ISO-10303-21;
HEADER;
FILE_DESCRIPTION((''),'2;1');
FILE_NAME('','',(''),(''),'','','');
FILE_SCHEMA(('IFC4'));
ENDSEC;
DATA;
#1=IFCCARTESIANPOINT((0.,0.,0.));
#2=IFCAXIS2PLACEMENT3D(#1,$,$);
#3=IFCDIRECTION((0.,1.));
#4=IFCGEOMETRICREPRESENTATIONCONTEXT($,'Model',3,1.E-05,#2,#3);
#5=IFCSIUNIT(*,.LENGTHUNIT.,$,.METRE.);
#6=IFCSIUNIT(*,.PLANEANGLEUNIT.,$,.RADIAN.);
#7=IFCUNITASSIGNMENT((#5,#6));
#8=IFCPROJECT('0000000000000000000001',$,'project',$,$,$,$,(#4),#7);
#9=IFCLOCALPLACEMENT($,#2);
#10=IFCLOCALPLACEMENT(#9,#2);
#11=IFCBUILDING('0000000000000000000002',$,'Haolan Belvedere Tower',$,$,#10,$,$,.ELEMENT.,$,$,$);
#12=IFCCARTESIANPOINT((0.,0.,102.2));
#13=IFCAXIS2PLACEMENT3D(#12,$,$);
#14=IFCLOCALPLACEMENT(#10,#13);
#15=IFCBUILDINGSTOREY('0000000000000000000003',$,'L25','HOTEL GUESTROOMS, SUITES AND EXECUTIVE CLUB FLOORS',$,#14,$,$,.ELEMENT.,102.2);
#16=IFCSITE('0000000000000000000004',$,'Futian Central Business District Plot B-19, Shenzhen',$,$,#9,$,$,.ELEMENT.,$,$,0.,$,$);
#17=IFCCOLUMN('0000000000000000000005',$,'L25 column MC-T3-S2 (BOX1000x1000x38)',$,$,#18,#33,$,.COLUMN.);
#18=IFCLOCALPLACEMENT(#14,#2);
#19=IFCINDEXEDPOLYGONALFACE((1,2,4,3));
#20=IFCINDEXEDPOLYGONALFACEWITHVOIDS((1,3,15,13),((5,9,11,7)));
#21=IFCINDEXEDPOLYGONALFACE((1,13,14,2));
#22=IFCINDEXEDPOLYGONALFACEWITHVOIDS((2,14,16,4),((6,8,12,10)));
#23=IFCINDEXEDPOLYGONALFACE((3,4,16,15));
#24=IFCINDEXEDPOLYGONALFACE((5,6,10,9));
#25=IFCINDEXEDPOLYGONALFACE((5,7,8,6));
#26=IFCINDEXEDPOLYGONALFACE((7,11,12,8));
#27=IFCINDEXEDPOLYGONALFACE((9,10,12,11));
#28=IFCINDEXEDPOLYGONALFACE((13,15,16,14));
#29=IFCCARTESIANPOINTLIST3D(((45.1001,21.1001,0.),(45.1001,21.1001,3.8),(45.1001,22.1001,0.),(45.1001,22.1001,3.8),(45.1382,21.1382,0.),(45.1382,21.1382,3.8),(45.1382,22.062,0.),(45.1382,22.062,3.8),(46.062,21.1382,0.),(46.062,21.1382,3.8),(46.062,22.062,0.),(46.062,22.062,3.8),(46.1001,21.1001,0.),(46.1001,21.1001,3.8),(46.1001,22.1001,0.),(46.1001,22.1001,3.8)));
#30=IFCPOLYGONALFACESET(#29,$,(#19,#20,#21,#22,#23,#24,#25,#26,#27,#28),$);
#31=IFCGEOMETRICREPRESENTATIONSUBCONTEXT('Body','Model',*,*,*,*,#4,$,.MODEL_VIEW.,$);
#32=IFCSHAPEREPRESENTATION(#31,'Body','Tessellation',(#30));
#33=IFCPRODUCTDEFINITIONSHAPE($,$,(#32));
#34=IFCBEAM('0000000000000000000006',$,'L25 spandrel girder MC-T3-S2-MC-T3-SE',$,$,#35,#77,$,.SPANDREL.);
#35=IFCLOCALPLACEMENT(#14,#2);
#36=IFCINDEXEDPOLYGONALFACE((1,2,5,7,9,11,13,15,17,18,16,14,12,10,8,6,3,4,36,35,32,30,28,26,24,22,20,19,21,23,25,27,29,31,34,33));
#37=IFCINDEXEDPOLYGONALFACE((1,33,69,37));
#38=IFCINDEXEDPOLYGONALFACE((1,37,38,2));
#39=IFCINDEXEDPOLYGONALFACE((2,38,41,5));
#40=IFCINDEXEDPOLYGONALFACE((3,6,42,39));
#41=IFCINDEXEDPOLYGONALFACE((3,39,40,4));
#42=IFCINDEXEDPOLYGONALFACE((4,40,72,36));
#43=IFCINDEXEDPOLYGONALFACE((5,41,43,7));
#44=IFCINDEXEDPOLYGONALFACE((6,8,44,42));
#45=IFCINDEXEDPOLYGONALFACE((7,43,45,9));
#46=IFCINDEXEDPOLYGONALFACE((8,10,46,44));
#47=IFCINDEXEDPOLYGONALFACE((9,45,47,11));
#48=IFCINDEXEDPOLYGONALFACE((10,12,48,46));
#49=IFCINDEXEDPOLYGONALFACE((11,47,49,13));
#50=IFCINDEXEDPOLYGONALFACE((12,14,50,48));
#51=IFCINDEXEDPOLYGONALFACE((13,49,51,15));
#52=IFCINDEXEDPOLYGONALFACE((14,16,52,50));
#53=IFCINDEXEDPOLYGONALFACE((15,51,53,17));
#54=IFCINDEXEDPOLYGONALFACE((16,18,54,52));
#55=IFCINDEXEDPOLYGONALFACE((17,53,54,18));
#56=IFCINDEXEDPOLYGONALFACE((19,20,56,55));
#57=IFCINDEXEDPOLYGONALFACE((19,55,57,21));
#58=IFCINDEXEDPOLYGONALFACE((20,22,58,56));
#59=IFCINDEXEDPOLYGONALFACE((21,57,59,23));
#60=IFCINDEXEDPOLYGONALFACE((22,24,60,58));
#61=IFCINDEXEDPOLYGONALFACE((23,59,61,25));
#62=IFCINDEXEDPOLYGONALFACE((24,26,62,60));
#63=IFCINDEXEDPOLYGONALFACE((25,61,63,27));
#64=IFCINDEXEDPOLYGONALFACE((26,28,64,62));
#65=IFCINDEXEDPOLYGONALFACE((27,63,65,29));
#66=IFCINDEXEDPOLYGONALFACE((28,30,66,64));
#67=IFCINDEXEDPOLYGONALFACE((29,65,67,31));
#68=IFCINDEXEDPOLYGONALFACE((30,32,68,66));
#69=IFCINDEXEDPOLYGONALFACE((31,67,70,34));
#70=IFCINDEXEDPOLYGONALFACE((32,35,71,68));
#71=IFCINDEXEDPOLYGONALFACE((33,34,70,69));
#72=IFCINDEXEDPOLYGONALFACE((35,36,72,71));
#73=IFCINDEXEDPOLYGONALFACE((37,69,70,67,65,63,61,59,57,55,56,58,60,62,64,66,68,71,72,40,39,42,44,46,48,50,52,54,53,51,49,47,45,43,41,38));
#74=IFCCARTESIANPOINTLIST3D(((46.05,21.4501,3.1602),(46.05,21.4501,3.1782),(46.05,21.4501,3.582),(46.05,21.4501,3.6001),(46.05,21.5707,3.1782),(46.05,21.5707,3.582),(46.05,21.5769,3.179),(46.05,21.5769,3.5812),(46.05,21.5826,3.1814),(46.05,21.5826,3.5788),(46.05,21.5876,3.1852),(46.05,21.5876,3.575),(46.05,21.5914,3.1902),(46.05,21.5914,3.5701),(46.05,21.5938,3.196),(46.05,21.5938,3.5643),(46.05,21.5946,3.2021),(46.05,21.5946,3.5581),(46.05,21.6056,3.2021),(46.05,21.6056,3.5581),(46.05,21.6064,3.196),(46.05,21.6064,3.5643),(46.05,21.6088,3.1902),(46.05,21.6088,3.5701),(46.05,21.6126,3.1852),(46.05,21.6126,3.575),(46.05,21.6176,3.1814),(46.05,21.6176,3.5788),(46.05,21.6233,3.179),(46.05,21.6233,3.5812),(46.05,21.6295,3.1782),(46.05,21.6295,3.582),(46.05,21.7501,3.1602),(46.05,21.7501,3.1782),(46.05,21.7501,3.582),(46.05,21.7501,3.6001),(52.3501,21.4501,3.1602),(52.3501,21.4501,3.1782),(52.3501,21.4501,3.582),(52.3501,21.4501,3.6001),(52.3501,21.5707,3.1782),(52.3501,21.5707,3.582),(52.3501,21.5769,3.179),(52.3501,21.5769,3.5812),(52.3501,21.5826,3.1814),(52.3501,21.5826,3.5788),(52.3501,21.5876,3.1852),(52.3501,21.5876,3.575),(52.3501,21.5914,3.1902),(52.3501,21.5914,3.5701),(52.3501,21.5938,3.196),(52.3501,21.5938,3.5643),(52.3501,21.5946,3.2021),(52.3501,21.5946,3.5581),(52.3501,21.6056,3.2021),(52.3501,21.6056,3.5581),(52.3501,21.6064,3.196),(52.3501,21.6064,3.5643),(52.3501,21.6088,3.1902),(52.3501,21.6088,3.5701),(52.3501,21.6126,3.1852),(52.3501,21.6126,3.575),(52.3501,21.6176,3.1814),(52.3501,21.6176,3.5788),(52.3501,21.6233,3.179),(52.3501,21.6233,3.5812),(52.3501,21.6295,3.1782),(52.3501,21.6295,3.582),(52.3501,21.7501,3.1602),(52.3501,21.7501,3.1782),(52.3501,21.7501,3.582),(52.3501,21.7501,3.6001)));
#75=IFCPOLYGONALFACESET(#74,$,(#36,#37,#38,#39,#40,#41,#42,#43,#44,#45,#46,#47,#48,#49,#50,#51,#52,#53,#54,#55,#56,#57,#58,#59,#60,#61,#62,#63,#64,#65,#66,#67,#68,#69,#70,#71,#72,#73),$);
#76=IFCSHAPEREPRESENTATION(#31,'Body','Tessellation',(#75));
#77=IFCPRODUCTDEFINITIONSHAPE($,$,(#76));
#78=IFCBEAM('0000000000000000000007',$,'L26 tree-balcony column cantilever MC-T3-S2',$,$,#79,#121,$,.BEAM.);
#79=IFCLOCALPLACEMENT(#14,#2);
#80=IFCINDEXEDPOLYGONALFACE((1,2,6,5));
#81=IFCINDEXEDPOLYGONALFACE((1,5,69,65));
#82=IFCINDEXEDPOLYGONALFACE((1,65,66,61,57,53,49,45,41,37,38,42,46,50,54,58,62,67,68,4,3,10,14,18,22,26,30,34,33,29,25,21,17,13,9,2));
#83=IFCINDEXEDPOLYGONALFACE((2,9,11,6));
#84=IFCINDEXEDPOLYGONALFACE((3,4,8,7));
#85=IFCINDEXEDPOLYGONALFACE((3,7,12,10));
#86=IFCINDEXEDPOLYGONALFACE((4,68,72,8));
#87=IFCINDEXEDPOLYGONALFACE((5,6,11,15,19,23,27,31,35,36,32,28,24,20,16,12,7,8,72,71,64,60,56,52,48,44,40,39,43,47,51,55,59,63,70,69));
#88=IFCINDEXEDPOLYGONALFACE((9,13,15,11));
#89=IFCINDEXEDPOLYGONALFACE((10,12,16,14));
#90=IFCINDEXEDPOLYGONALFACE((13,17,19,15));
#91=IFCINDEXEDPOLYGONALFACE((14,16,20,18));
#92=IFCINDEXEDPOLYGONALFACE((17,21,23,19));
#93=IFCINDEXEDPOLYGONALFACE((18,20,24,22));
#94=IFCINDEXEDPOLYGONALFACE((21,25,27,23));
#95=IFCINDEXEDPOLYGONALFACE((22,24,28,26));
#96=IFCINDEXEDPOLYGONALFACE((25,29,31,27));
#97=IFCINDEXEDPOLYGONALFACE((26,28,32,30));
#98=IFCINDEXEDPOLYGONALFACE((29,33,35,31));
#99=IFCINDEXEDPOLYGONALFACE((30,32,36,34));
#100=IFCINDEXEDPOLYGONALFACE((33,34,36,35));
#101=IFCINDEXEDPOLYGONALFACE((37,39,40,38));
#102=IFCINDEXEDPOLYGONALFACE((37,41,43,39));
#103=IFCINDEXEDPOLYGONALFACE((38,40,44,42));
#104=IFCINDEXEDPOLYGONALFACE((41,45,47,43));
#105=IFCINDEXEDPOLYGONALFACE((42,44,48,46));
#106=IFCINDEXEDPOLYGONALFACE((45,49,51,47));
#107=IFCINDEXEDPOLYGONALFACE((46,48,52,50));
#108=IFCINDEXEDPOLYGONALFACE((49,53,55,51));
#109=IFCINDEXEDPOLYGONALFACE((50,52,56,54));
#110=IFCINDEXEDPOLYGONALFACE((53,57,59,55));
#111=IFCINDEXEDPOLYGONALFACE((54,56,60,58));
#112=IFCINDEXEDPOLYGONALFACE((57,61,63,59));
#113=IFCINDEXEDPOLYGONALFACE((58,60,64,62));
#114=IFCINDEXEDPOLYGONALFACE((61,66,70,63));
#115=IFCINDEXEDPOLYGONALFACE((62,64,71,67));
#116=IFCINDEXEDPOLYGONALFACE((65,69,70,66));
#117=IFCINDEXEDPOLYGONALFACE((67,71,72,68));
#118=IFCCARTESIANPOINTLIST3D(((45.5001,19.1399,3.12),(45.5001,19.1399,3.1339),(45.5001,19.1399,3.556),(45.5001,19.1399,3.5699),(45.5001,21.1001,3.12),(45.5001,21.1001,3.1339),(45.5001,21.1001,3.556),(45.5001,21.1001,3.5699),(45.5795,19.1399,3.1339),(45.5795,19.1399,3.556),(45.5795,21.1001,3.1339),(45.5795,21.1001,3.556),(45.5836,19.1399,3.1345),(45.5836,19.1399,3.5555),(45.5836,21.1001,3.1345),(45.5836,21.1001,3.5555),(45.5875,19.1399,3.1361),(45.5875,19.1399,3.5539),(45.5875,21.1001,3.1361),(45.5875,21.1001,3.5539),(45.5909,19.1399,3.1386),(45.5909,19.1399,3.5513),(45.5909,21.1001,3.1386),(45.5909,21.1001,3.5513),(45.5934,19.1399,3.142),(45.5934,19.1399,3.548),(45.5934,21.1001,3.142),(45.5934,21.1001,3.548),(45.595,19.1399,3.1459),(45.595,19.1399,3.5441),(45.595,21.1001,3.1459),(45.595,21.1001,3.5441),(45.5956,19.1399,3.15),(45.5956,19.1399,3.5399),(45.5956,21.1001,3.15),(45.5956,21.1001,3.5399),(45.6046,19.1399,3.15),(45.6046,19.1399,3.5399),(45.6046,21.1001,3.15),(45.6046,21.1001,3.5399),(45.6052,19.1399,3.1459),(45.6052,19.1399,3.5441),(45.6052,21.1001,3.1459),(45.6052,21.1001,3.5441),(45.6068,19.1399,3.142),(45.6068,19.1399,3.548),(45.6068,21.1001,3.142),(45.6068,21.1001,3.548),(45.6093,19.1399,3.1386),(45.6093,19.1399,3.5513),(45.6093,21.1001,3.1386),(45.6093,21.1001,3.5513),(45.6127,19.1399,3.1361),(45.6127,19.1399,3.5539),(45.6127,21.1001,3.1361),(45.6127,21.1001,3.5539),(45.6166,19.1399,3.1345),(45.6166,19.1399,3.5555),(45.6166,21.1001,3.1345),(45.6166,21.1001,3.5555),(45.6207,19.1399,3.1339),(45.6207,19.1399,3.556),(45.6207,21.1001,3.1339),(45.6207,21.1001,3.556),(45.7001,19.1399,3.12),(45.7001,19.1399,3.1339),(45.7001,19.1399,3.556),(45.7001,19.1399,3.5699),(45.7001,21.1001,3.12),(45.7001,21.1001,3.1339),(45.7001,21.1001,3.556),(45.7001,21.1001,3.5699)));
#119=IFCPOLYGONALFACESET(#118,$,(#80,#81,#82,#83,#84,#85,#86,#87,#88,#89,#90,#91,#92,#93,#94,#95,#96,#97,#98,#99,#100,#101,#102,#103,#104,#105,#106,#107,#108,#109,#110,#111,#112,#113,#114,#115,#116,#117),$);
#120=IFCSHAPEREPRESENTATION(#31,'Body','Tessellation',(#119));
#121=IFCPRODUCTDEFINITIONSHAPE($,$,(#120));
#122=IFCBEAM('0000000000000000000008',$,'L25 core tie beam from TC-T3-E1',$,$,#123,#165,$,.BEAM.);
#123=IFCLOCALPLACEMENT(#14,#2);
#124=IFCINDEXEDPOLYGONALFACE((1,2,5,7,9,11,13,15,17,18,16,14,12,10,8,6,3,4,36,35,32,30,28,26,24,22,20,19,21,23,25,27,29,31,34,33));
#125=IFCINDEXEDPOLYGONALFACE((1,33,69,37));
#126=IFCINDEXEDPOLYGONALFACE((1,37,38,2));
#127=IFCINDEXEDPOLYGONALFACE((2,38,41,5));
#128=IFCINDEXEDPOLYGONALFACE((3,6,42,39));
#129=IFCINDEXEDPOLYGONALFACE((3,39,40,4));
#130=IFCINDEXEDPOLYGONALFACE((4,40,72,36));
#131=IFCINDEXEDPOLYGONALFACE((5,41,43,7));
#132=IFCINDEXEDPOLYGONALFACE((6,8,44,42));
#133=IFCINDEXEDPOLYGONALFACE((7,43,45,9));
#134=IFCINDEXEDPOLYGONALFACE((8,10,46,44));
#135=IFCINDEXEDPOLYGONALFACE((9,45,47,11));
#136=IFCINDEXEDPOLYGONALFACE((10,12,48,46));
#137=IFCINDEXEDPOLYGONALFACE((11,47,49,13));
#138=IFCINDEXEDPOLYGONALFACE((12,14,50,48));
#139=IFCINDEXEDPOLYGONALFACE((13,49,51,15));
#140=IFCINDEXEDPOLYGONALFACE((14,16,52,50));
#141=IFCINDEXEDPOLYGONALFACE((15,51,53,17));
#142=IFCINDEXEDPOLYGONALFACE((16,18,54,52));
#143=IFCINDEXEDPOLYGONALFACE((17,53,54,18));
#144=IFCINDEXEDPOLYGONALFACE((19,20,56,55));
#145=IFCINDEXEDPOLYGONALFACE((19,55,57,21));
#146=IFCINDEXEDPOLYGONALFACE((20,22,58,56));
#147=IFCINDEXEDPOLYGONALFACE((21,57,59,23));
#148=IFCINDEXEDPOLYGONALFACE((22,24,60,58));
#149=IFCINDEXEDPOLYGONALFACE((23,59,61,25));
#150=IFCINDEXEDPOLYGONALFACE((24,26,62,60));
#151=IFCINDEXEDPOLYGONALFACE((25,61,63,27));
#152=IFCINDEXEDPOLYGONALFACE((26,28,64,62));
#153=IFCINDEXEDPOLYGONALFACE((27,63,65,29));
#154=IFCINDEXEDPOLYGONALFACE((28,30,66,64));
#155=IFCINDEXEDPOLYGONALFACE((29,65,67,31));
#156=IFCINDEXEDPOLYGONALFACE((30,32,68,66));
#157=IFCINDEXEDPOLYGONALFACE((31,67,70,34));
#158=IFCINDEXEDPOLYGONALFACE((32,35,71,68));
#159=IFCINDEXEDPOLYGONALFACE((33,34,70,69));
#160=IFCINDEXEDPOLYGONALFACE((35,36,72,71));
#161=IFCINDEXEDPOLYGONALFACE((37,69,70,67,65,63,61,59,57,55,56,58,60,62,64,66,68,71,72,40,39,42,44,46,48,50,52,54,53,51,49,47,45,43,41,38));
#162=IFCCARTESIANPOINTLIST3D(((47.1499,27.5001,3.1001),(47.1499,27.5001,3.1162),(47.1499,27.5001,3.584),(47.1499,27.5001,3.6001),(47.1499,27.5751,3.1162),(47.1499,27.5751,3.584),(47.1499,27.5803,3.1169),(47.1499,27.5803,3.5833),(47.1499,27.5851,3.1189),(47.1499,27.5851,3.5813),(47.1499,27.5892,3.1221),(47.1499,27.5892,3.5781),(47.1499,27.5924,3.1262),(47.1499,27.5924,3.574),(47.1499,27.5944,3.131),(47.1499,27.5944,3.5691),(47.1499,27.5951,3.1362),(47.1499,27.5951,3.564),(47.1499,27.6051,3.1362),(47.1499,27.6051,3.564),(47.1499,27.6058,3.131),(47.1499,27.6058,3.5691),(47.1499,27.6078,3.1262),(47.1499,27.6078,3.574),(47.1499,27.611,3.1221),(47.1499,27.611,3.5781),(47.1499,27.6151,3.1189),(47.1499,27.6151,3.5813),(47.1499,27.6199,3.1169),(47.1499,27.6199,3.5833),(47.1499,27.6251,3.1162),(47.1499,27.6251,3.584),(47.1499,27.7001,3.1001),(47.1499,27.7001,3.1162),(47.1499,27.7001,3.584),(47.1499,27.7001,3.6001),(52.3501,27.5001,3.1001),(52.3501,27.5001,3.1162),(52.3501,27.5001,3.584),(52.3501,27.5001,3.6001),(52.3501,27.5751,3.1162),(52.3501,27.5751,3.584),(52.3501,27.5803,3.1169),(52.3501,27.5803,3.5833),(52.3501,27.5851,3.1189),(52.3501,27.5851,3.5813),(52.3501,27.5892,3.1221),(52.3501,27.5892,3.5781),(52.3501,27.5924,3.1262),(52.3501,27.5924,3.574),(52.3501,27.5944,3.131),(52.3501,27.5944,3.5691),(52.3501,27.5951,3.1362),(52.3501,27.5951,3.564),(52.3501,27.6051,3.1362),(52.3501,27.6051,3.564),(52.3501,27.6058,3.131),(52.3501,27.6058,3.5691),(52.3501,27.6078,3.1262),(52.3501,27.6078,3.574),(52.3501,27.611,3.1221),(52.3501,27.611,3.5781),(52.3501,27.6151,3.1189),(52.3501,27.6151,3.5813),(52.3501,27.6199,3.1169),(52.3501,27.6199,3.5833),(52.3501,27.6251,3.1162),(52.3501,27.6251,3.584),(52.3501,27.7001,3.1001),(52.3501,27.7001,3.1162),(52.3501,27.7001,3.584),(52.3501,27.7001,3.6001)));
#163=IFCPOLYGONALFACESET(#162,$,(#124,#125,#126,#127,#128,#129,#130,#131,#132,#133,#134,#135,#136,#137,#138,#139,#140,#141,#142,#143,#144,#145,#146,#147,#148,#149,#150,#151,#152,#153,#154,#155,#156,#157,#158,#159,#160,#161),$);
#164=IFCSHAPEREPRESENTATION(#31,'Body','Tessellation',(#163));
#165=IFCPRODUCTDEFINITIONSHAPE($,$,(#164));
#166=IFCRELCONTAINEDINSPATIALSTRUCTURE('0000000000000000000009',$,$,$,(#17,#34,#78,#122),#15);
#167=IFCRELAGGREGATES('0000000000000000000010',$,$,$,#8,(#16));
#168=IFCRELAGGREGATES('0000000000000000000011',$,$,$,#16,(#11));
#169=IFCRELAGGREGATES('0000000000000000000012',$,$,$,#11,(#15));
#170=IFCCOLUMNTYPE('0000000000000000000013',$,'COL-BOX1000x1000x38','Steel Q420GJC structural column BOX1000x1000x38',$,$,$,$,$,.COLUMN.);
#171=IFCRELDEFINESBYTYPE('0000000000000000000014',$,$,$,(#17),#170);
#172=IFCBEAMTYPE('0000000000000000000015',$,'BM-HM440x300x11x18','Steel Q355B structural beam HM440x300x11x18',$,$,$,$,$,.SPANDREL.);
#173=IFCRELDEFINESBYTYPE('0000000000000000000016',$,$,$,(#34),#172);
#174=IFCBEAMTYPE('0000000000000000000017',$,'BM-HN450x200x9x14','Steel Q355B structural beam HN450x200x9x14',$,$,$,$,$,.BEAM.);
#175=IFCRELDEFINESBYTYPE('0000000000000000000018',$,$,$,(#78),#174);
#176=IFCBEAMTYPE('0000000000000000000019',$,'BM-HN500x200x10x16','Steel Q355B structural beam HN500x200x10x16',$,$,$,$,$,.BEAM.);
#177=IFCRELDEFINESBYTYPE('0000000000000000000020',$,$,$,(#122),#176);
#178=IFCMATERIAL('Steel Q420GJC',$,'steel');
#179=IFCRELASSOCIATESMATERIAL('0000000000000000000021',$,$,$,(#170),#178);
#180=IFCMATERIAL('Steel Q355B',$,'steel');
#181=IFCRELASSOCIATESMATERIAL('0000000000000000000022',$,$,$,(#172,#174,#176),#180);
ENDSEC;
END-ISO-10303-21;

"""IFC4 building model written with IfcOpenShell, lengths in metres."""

from ifc_helpers import new_model, si_unit, direction, frame, origin, origin_2d, place, context, subcontext, project, spatial, hollow_rectangle, i_section, extrude, material, material_profile, profile_set, type_object, element, save


model = new_model("IFC4")

# Units and contexts
model_context = context("Model", 3, precision=1e-05, world=origin(), true_north=direction((0.0, 1.0)))
body_context = subcontext(model_context, "Body", "Model", "MODEL_VIEW")
ifc_project = project(units=[si_unit("LENGTHUNIT", "METRE"), si_unit("PLANEANGLEUNIT", "RADIAN")], contexts=[model_context])

# Site, building, storey
site_placement = place(None, origin())
site = spatial("IfcSite", under=ifc_project, at=site_placement, Name="Futian Central Business District Plot B-19, Shenzhen", CompositionType="ELEMENT", RefElevation=0.0)
building_placement = place(site_placement, origin())
building = spatial("IfcBuilding", under=site, at=building_placement, Name="Haolan Belvedere Tower", CompositionType="ELEMENT")
storey_placement = place(building_placement, frame((0.0, 0.0, 102.2)))
storey = spatial("IfcBuildingStorey", under=building, at=storey_placement, Name="L25", Description="HOTEL GUESTROOMS, SUITES AND EXECUTIVE CLUB FLOORS", CompositionType="ELEMENT", Elevation=102.2)

# Column
ifc_material_1 = material(Name="Steel Q420GJC", Category="steel")
ifc_material_profile_1 = material_profile(ifc_material_1, hollow_rectangle(XDim=1.0, YDim=1.0, WallThickness=0.0381, at=origin_2d()), Name="Steel Q420GJC")
ifc_profile_set_1 = profile_set([ifc_material_profile_1], Name="Steel Q420GJC")
column_type = type_object("IfcColumnType", Name="COL-BOX1000x1000x38", Description="Steel Q420GJC structural column BOX1000x1000x38", PredefinedType="COLUMN", material=ifc_profile_set_1)
column_placement = place(storey_placement, frame((45.6001, 21.6001, 0.0), z_axis=(0.0, 0.0, 1.0), x_axis=(1.0, 0.0, 0.0)))
element("IfcColumn", 1, at=column_placement, inside=storey, type_object=column_type, Name="L25 column MC-T3-S2 (BOX1000x1000x38)", PredefinedType="COLUMN", context=body_context, shape_type="SweptSolid", body=[
    extrude(hollow_rectangle(XDim=1.0, YDim=1.0, WallThickness=0.0381, at=origin_2d()), origin(), (0.0, 0.0, 1.0), 3.8),
])

# Beams
ifc_material_2 = material(Name="Steel Q355B", Category="steel")
ifc_material_profile_2 = material_profile(ifc_material_2, i_section(OverallWidth=0.3, OverallDepth=0.4399, WebThickness=0.011, FlangeThickness=0.0181, FilletRadius=0.0239, at=origin_2d()), Name="Steel Q355B")
ifc_profile_set_2 = profile_set([ifc_material_profile_2], Name="Steel Q355B")
beam_type_1 = type_object("IfcBeamType", Name="BM-HM440x300x11x18", Description="Steel Q355B structural beam HM440x300x11x18", PredefinedType="SPANDREL", material=ifc_profile_set_2)
beam_1_placement = place(storey_placement, frame((46.05, 21.6001, 3.3801), z_axis=(1.0, 0.0, 0.0), x_axis=(0.0, 1.0, 0.0)))
element("IfcBeam", 2, at=beam_1_placement, inside=storey, type_object=beam_type_1, Name="L25 spandrel girder MC-T3-S2-MC-T3-SE", PredefinedType="SPANDREL", context=body_context, shape_type="SweptSolid", body=[
    extrude(i_section(OverallWidth=0.3, OverallDepth=0.4399, WebThickness=0.011, FlangeThickness=0.0181, FilletRadius=0.0239, at=origin_2d()), origin(), (0.0, 0.0, 1.0), 6.3),
])
ifc_material_profile_3 = material_profile(ifc_material_2, i_section(OverallWidth=0.2, OverallDepth=0.45, WebThickness=0.009, FlangeThickness=0.0139, FilletRadius=0.0161, at=origin_2d()), Name="Steel Q355B")
ifc_profile_set_3 = profile_set([ifc_material_profile_3], Name="Steel Q355B")
beam_type_2 = type_object("IfcBeamType", Name="BM-HN450x200x9x14", Description="Steel Q355B structural beam HN450x200x9x14", PredefinedType="BEAM", material=ifc_profile_set_3)
beam_2_placement = place(storey_placement, frame((45.6001, 21.1001, 3.345), z_axis=(0.0, -1.0, 0.0), x_axis=(1.0, 0.0, 0.0)))
element("IfcBeam", 3, at=beam_2_placement, inside=storey, type_object=beam_type_2, Name="L26 tree-balcony column cantilever MC-T3-S2", PredefinedType="BEAM", context=body_context, shape_type="SweptSolid", body=[
    extrude(i_section(OverallWidth=0.2, OverallDepth=0.45, WebThickness=0.009, FlangeThickness=0.0139, FilletRadius=0.0161, at=origin_2d()), origin(), (0.0, 0.0, 1.0), 1.9602),
])
ifc_material_profile_4 = material_profile(ifc_material_2, i_section(OverallWidth=0.2, OverallDepth=0.5, WebThickness=0.01, FlangeThickness=0.0161, FilletRadius=0.02, at=origin_2d()), Name="Steel Q355B")
ifc_profile_set_4 = profile_set([ifc_material_profile_4], Name="Steel Q355B")
beam_type_3 = type_object("IfcBeamType", Name="BM-HN500x200x10x16", Description="Steel Q355B structural beam HN500x200x10x16", PredefinedType="BEAM", material=ifc_profile_set_4)
beam_3_placement = place(storey_placement, frame((52.3501, 27.6001, 3.3501), z_axis=(-1.0, 0.0, 0.0), x_axis=(0.0, -1.0, 0.0)))
element("IfcBeam", 4, at=beam_3_placement, inside=storey, type_object=beam_type_3, Name="L25 core tie beam from TC-T3-E1", PredefinedType="BEAM", context=body_context, shape_type="SweptSolid", body=[
    extrude(i_section(OverallWidth=0.2, OverallDepth=0.5, WebThickness=0.01, FlangeThickness=0.0161, FilletRadius=0.02, at=origin_2d()), origin(), (0.0, 0.0, 1.0), 5.2002),
])

save(model, "model.ifc")
